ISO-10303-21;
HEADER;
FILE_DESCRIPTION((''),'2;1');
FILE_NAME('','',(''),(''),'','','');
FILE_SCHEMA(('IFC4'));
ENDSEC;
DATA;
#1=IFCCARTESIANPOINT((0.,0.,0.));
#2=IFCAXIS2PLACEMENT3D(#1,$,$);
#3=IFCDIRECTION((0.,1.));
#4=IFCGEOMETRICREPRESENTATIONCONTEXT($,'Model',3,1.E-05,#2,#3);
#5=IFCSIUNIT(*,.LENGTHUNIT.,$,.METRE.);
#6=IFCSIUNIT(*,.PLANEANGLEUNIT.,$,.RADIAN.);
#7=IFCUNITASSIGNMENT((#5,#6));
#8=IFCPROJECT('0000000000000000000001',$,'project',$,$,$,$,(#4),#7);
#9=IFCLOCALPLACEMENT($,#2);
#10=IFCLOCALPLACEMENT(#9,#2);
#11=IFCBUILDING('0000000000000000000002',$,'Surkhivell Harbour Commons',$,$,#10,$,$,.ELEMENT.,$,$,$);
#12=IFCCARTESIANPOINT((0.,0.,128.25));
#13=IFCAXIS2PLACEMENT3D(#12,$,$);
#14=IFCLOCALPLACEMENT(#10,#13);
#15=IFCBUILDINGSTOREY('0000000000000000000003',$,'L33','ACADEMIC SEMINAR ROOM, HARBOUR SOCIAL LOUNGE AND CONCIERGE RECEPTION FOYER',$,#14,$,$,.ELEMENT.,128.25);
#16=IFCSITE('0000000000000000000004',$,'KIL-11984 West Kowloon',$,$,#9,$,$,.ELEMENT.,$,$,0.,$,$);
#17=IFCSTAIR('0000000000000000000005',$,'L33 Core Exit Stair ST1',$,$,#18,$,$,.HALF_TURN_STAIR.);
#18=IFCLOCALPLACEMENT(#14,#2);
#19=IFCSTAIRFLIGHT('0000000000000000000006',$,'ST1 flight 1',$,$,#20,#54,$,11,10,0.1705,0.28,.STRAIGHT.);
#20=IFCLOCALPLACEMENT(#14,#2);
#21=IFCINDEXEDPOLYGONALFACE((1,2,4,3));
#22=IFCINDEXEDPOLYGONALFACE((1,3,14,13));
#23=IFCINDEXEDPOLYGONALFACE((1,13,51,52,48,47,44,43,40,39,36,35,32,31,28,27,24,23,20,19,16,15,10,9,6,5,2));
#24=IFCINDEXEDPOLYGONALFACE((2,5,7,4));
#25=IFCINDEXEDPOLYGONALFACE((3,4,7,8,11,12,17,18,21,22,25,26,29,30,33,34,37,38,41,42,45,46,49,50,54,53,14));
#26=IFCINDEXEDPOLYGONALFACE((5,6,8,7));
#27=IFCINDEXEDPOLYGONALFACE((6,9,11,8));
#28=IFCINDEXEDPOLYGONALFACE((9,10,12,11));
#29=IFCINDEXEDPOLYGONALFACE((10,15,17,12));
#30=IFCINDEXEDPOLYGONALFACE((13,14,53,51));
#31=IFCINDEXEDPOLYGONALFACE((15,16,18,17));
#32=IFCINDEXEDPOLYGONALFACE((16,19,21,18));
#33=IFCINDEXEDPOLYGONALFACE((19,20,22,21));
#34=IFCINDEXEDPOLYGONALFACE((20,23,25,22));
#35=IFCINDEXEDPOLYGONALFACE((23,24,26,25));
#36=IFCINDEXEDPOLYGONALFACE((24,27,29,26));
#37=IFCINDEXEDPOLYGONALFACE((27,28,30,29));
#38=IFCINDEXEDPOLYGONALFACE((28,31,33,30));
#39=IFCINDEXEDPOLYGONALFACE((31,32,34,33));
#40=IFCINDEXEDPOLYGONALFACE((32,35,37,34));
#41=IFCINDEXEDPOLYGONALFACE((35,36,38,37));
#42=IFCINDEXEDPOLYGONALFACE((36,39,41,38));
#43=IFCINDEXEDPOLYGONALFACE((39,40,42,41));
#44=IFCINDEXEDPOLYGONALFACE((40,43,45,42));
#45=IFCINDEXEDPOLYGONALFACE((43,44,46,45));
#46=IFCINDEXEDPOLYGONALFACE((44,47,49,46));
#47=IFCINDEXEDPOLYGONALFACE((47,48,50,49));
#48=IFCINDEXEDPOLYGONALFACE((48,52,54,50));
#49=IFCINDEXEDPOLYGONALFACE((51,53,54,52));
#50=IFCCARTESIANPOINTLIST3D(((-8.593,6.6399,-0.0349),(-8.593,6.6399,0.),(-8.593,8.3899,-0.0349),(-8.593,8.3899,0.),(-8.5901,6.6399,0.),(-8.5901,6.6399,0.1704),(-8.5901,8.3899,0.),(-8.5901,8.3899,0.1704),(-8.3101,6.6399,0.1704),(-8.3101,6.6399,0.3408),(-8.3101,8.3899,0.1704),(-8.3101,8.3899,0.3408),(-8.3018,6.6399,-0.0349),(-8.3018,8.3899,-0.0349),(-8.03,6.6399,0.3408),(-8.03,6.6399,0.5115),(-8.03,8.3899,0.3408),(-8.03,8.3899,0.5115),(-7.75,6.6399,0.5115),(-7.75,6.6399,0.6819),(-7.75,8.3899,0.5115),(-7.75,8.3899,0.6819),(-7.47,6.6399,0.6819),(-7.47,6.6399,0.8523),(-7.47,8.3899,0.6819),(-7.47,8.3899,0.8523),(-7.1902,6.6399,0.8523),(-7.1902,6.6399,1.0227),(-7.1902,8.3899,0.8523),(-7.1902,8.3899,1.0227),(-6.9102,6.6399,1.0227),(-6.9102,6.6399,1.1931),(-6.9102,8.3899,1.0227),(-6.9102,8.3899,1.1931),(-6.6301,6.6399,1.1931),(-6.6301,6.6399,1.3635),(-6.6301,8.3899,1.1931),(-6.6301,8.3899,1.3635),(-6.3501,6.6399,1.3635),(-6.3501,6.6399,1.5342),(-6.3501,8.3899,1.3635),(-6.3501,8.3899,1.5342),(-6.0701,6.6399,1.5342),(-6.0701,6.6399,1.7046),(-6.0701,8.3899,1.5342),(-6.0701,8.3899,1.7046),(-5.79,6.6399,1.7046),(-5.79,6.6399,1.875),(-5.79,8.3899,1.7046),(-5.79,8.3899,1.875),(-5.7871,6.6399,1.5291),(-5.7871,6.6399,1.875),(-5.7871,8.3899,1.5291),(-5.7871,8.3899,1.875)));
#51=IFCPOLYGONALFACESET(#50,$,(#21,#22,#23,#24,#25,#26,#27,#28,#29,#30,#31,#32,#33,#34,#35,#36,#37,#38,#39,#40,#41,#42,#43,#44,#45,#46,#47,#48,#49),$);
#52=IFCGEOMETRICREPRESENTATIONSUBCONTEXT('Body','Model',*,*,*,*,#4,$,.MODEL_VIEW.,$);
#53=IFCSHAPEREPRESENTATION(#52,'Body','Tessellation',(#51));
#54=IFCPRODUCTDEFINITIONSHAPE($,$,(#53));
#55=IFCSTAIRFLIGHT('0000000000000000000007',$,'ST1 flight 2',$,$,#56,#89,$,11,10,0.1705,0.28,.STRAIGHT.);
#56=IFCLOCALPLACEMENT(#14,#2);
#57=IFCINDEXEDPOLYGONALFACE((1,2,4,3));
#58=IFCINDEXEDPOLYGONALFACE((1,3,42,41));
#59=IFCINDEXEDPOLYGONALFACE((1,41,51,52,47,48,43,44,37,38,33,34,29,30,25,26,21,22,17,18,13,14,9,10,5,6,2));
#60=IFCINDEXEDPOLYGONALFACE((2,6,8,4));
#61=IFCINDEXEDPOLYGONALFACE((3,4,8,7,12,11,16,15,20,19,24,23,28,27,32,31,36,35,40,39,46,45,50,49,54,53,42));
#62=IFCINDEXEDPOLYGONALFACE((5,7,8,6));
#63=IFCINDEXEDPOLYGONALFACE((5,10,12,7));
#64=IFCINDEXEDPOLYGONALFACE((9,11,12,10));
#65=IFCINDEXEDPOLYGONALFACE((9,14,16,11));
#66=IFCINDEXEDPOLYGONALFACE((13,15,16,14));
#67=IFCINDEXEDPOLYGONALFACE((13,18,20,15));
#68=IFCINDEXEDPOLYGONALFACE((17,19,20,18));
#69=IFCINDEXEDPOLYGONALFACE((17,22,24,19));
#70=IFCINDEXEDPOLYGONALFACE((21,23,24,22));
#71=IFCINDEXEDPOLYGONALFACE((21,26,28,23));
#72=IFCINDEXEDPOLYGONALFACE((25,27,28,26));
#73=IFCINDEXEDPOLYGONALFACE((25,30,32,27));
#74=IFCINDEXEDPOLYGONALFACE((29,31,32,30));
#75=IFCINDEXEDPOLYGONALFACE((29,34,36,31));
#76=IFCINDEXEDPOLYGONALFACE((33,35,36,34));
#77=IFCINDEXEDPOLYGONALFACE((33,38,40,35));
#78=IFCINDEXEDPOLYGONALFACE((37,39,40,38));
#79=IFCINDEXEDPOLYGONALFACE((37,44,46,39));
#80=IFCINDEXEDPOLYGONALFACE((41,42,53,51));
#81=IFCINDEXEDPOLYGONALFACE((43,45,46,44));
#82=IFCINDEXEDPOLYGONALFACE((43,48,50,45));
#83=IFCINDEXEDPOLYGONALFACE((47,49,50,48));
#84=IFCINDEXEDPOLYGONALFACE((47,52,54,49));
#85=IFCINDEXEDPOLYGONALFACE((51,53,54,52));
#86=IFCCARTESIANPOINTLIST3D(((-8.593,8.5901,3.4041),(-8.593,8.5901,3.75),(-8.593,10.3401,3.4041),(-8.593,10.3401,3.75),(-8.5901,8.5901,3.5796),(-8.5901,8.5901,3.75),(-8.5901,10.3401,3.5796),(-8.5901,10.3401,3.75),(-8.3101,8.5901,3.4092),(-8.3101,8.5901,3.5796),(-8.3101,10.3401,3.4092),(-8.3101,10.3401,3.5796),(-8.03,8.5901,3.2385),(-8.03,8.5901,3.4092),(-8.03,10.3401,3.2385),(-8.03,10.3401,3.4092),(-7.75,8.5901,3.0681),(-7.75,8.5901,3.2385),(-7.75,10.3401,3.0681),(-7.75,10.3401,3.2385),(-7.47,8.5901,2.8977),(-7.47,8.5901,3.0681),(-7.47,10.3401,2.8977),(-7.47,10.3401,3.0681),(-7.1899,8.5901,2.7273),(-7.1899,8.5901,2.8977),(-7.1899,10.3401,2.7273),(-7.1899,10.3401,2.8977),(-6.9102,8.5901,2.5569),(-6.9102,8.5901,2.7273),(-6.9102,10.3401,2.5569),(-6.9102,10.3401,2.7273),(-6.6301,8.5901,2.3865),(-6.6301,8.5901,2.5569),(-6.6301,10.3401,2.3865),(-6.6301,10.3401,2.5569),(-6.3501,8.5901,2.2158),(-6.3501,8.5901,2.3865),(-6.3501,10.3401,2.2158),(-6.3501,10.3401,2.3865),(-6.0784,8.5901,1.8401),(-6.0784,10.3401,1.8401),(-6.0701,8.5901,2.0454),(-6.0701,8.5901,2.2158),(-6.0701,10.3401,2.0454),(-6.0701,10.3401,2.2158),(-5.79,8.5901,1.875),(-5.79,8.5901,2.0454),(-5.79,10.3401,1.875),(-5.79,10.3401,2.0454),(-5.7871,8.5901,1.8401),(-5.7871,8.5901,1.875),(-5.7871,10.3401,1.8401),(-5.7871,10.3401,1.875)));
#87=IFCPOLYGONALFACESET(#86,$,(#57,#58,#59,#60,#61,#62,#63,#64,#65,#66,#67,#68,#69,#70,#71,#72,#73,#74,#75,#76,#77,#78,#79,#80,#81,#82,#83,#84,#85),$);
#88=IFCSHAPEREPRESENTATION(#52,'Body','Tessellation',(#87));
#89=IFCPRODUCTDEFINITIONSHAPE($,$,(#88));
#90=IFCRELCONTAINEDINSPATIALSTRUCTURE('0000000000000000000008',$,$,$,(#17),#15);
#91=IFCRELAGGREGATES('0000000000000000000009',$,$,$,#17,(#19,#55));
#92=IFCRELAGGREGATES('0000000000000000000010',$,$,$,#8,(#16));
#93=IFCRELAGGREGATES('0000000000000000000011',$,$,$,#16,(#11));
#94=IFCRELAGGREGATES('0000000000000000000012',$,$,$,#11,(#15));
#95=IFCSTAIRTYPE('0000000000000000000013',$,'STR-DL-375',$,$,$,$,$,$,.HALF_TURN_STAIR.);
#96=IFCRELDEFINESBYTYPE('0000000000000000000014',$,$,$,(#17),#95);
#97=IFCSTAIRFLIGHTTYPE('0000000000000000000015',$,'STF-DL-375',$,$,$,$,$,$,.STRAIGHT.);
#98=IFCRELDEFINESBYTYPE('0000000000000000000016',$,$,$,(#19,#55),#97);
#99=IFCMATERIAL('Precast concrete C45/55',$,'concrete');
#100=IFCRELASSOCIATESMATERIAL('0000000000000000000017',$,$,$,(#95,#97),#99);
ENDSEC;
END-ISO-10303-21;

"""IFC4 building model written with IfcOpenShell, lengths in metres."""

from ifc_helpers import new_model, si_unit, direction, frame, origin, place, context, subcontext, project, spatial, polyline, outline, extrude, material, type_object, element, aggregate, save


model = new_model("IFC4")

# Units and contexts
model_context = context("Model", 3, precision=1e-05, world=origin(), true_north=direction((0.0, 1.0)))
body_context = subcontext(model_context, "Body", "Model", "MODEL_VIEW")
ifc_project = project(units=[si_unit("LENGTHUNIT", "METRE"), si_unit("PLANEANGLEUNIT", "RADIAN")], contexts=[model_context])

# Site, building, storey
site_placement = place(None, origin())
site = spatial("IfcSite", under=ifc_project, at=site_placement, Name="KIL-11984 West Kowloon", CompositionType="ELEMENT", RefElevation=0.0)
building_placement = place(site_placement, origin())
building = spatial("IfcBuilding", under=site, at=building_placement, Name="Surkhivell Harbour Commons", CompositionType="ELEMENT")
storey_placement = place(building_placement, frame((0.0, 0.0, 128.25)))
storey = spatial("IfcBuildingStorey", under=building, at=storey_placement, Name="L33", Description="ACADEMIC SEMINAR ROOM, HARBOUR SOCIAL LOUNGE AND CONCIERGE RECEPTION FOYER", CompositionType="ELEMENT", Elevation=128.25)

# Stair, stair flights
ifc_material_1 = material(Name="Precast concrete C45/55", Category="concrete")
stair_type = type_object("IfcStairType", Name="STR-DL-375", PredefinedType="HALF_TURN_STAIR", material=ifc_material_1)
stair_placement = place(storey_placement, origin())
stair = element("IfcStair", 1, at=stair_placement, inside=storey, type_object=stair_type, Name="L33 Core Exit Stair ST1", PredefinedType="HALF_TURN_STAIR")
stair_flight_type = type_object("IfcStairFlightType", Name="STF-DL-375", PredefinedType="STRAIGHT", material=ifc_material_1)
stair_flight_1_placement = place(storey_placement, frame((-8.5901, 7.5149, 0.0), z_axis=(0.0, 0.0, 1.0), x_axis=(1.0, 0.0, 0.0)))
stair_flight_1 = element("IfcStairFlight", 2, at=stair_flight_1_placement, type_object=stair_flight_type, Name="ST1 flight 1", NumberOfRisers=11, NumberOfTreads=10, PredefinedType="STRAIGHT", RiserHeight=0.1705, TreadLength=0.28, context=body_context, shape_type="SweptSolid", body=[
    extrude(outline(polyline([(-0.0029, -0.0349), (-0.0029, 0.0), (0.0, 0.0), (0.0, 0.1704), (0.28, 0.1704), (0.28, 0.3408), (0.5601, 0.3408), (0.5601, 0.5115), (0.8401, 0.5115), (0.8401, 0.6819), (1.1201, 0.6819), (1.1201, 0.8523), (1.3999, 0.8523), (1.3999, 1.0227), (1.6799, 1.0227), (1.6799, 1.1931), (1.96, 1.1931), (1.96, 1.3635), (2.24, 1.3635), (2.24, 1.5342), (2.52, 1.5342), (2.52, 1.7046), (2.8, 1.7046), (2.8, 1.875), (2.803, 1.875), (2.803, 1.5291), (0.2883, -0.0349), (-0.0029, -0.0349)])), frame((0.0, 0.875, 0.0), z_axis=(0.0, -1.0, 0.0), x_axis=(1.0, 0.0, 0.0)), (0.0, 0.0, 1.0), 1.75),
])
stair_flight_2_placement = place(storey_placement, frame((-5.79, 9.4651, 1.875), z_axis=(0.0, 0.0, 1.0), x_axis=(-1.0, 0.0, 0.0)))
stair_flight_2 = element("IfcStairFlight", 3, at=stair_flight_2_placement, type_object=stair_flight_type, Name="ST1 flight 2", NumberOfRisers=11, NumberOfTreads=10, PredefinedType="STRAIGHT", RiserHeight=0.1705, TreadLength=0.28, context=body_context, shape_type="SweptSolid", body=[
    extrude(outline(polyline([(-0.0029, -0.0349), (-0.0029, 0.0), (0.0, 0.0), (0.0, 0.1704), (0.28, 0.1704), (0.28, 0.3408), (0.5601, 0.3408), (0.5601, 0.5115), (0.8401, 0.5115), (0.8401, 0.6819), (1.1201, 0.6819), (1.1201, 0.8523), (1.3999, 0.8523), (1.3999, 1.0227), (1.6799, 1.0227), (1.6799, 1.1931), (1.96, 1.1931), (1.96, 1.3635), (2.24, 1.3635), (2.24, 1.5342), (2.52, 1.5342), (2.52, 1.7046), (2.8, 1.7046), (2.8, 1.875), (2.803, 1.875), (2.803, 1.5291), (0.2883, -0.0349), (-0.0029, -0.0349)])), frame((0.0, 0.875, 0.0), z_axis=(0.0, -1.0, 0.0), x_axis=(1.0, 0.0, 0.0)), (0.0, 0.0, 1.0), 1.75),
])
aggregate(stair, [stair_flight_1, stair_flight_2])

save(model, "model.ifc")
